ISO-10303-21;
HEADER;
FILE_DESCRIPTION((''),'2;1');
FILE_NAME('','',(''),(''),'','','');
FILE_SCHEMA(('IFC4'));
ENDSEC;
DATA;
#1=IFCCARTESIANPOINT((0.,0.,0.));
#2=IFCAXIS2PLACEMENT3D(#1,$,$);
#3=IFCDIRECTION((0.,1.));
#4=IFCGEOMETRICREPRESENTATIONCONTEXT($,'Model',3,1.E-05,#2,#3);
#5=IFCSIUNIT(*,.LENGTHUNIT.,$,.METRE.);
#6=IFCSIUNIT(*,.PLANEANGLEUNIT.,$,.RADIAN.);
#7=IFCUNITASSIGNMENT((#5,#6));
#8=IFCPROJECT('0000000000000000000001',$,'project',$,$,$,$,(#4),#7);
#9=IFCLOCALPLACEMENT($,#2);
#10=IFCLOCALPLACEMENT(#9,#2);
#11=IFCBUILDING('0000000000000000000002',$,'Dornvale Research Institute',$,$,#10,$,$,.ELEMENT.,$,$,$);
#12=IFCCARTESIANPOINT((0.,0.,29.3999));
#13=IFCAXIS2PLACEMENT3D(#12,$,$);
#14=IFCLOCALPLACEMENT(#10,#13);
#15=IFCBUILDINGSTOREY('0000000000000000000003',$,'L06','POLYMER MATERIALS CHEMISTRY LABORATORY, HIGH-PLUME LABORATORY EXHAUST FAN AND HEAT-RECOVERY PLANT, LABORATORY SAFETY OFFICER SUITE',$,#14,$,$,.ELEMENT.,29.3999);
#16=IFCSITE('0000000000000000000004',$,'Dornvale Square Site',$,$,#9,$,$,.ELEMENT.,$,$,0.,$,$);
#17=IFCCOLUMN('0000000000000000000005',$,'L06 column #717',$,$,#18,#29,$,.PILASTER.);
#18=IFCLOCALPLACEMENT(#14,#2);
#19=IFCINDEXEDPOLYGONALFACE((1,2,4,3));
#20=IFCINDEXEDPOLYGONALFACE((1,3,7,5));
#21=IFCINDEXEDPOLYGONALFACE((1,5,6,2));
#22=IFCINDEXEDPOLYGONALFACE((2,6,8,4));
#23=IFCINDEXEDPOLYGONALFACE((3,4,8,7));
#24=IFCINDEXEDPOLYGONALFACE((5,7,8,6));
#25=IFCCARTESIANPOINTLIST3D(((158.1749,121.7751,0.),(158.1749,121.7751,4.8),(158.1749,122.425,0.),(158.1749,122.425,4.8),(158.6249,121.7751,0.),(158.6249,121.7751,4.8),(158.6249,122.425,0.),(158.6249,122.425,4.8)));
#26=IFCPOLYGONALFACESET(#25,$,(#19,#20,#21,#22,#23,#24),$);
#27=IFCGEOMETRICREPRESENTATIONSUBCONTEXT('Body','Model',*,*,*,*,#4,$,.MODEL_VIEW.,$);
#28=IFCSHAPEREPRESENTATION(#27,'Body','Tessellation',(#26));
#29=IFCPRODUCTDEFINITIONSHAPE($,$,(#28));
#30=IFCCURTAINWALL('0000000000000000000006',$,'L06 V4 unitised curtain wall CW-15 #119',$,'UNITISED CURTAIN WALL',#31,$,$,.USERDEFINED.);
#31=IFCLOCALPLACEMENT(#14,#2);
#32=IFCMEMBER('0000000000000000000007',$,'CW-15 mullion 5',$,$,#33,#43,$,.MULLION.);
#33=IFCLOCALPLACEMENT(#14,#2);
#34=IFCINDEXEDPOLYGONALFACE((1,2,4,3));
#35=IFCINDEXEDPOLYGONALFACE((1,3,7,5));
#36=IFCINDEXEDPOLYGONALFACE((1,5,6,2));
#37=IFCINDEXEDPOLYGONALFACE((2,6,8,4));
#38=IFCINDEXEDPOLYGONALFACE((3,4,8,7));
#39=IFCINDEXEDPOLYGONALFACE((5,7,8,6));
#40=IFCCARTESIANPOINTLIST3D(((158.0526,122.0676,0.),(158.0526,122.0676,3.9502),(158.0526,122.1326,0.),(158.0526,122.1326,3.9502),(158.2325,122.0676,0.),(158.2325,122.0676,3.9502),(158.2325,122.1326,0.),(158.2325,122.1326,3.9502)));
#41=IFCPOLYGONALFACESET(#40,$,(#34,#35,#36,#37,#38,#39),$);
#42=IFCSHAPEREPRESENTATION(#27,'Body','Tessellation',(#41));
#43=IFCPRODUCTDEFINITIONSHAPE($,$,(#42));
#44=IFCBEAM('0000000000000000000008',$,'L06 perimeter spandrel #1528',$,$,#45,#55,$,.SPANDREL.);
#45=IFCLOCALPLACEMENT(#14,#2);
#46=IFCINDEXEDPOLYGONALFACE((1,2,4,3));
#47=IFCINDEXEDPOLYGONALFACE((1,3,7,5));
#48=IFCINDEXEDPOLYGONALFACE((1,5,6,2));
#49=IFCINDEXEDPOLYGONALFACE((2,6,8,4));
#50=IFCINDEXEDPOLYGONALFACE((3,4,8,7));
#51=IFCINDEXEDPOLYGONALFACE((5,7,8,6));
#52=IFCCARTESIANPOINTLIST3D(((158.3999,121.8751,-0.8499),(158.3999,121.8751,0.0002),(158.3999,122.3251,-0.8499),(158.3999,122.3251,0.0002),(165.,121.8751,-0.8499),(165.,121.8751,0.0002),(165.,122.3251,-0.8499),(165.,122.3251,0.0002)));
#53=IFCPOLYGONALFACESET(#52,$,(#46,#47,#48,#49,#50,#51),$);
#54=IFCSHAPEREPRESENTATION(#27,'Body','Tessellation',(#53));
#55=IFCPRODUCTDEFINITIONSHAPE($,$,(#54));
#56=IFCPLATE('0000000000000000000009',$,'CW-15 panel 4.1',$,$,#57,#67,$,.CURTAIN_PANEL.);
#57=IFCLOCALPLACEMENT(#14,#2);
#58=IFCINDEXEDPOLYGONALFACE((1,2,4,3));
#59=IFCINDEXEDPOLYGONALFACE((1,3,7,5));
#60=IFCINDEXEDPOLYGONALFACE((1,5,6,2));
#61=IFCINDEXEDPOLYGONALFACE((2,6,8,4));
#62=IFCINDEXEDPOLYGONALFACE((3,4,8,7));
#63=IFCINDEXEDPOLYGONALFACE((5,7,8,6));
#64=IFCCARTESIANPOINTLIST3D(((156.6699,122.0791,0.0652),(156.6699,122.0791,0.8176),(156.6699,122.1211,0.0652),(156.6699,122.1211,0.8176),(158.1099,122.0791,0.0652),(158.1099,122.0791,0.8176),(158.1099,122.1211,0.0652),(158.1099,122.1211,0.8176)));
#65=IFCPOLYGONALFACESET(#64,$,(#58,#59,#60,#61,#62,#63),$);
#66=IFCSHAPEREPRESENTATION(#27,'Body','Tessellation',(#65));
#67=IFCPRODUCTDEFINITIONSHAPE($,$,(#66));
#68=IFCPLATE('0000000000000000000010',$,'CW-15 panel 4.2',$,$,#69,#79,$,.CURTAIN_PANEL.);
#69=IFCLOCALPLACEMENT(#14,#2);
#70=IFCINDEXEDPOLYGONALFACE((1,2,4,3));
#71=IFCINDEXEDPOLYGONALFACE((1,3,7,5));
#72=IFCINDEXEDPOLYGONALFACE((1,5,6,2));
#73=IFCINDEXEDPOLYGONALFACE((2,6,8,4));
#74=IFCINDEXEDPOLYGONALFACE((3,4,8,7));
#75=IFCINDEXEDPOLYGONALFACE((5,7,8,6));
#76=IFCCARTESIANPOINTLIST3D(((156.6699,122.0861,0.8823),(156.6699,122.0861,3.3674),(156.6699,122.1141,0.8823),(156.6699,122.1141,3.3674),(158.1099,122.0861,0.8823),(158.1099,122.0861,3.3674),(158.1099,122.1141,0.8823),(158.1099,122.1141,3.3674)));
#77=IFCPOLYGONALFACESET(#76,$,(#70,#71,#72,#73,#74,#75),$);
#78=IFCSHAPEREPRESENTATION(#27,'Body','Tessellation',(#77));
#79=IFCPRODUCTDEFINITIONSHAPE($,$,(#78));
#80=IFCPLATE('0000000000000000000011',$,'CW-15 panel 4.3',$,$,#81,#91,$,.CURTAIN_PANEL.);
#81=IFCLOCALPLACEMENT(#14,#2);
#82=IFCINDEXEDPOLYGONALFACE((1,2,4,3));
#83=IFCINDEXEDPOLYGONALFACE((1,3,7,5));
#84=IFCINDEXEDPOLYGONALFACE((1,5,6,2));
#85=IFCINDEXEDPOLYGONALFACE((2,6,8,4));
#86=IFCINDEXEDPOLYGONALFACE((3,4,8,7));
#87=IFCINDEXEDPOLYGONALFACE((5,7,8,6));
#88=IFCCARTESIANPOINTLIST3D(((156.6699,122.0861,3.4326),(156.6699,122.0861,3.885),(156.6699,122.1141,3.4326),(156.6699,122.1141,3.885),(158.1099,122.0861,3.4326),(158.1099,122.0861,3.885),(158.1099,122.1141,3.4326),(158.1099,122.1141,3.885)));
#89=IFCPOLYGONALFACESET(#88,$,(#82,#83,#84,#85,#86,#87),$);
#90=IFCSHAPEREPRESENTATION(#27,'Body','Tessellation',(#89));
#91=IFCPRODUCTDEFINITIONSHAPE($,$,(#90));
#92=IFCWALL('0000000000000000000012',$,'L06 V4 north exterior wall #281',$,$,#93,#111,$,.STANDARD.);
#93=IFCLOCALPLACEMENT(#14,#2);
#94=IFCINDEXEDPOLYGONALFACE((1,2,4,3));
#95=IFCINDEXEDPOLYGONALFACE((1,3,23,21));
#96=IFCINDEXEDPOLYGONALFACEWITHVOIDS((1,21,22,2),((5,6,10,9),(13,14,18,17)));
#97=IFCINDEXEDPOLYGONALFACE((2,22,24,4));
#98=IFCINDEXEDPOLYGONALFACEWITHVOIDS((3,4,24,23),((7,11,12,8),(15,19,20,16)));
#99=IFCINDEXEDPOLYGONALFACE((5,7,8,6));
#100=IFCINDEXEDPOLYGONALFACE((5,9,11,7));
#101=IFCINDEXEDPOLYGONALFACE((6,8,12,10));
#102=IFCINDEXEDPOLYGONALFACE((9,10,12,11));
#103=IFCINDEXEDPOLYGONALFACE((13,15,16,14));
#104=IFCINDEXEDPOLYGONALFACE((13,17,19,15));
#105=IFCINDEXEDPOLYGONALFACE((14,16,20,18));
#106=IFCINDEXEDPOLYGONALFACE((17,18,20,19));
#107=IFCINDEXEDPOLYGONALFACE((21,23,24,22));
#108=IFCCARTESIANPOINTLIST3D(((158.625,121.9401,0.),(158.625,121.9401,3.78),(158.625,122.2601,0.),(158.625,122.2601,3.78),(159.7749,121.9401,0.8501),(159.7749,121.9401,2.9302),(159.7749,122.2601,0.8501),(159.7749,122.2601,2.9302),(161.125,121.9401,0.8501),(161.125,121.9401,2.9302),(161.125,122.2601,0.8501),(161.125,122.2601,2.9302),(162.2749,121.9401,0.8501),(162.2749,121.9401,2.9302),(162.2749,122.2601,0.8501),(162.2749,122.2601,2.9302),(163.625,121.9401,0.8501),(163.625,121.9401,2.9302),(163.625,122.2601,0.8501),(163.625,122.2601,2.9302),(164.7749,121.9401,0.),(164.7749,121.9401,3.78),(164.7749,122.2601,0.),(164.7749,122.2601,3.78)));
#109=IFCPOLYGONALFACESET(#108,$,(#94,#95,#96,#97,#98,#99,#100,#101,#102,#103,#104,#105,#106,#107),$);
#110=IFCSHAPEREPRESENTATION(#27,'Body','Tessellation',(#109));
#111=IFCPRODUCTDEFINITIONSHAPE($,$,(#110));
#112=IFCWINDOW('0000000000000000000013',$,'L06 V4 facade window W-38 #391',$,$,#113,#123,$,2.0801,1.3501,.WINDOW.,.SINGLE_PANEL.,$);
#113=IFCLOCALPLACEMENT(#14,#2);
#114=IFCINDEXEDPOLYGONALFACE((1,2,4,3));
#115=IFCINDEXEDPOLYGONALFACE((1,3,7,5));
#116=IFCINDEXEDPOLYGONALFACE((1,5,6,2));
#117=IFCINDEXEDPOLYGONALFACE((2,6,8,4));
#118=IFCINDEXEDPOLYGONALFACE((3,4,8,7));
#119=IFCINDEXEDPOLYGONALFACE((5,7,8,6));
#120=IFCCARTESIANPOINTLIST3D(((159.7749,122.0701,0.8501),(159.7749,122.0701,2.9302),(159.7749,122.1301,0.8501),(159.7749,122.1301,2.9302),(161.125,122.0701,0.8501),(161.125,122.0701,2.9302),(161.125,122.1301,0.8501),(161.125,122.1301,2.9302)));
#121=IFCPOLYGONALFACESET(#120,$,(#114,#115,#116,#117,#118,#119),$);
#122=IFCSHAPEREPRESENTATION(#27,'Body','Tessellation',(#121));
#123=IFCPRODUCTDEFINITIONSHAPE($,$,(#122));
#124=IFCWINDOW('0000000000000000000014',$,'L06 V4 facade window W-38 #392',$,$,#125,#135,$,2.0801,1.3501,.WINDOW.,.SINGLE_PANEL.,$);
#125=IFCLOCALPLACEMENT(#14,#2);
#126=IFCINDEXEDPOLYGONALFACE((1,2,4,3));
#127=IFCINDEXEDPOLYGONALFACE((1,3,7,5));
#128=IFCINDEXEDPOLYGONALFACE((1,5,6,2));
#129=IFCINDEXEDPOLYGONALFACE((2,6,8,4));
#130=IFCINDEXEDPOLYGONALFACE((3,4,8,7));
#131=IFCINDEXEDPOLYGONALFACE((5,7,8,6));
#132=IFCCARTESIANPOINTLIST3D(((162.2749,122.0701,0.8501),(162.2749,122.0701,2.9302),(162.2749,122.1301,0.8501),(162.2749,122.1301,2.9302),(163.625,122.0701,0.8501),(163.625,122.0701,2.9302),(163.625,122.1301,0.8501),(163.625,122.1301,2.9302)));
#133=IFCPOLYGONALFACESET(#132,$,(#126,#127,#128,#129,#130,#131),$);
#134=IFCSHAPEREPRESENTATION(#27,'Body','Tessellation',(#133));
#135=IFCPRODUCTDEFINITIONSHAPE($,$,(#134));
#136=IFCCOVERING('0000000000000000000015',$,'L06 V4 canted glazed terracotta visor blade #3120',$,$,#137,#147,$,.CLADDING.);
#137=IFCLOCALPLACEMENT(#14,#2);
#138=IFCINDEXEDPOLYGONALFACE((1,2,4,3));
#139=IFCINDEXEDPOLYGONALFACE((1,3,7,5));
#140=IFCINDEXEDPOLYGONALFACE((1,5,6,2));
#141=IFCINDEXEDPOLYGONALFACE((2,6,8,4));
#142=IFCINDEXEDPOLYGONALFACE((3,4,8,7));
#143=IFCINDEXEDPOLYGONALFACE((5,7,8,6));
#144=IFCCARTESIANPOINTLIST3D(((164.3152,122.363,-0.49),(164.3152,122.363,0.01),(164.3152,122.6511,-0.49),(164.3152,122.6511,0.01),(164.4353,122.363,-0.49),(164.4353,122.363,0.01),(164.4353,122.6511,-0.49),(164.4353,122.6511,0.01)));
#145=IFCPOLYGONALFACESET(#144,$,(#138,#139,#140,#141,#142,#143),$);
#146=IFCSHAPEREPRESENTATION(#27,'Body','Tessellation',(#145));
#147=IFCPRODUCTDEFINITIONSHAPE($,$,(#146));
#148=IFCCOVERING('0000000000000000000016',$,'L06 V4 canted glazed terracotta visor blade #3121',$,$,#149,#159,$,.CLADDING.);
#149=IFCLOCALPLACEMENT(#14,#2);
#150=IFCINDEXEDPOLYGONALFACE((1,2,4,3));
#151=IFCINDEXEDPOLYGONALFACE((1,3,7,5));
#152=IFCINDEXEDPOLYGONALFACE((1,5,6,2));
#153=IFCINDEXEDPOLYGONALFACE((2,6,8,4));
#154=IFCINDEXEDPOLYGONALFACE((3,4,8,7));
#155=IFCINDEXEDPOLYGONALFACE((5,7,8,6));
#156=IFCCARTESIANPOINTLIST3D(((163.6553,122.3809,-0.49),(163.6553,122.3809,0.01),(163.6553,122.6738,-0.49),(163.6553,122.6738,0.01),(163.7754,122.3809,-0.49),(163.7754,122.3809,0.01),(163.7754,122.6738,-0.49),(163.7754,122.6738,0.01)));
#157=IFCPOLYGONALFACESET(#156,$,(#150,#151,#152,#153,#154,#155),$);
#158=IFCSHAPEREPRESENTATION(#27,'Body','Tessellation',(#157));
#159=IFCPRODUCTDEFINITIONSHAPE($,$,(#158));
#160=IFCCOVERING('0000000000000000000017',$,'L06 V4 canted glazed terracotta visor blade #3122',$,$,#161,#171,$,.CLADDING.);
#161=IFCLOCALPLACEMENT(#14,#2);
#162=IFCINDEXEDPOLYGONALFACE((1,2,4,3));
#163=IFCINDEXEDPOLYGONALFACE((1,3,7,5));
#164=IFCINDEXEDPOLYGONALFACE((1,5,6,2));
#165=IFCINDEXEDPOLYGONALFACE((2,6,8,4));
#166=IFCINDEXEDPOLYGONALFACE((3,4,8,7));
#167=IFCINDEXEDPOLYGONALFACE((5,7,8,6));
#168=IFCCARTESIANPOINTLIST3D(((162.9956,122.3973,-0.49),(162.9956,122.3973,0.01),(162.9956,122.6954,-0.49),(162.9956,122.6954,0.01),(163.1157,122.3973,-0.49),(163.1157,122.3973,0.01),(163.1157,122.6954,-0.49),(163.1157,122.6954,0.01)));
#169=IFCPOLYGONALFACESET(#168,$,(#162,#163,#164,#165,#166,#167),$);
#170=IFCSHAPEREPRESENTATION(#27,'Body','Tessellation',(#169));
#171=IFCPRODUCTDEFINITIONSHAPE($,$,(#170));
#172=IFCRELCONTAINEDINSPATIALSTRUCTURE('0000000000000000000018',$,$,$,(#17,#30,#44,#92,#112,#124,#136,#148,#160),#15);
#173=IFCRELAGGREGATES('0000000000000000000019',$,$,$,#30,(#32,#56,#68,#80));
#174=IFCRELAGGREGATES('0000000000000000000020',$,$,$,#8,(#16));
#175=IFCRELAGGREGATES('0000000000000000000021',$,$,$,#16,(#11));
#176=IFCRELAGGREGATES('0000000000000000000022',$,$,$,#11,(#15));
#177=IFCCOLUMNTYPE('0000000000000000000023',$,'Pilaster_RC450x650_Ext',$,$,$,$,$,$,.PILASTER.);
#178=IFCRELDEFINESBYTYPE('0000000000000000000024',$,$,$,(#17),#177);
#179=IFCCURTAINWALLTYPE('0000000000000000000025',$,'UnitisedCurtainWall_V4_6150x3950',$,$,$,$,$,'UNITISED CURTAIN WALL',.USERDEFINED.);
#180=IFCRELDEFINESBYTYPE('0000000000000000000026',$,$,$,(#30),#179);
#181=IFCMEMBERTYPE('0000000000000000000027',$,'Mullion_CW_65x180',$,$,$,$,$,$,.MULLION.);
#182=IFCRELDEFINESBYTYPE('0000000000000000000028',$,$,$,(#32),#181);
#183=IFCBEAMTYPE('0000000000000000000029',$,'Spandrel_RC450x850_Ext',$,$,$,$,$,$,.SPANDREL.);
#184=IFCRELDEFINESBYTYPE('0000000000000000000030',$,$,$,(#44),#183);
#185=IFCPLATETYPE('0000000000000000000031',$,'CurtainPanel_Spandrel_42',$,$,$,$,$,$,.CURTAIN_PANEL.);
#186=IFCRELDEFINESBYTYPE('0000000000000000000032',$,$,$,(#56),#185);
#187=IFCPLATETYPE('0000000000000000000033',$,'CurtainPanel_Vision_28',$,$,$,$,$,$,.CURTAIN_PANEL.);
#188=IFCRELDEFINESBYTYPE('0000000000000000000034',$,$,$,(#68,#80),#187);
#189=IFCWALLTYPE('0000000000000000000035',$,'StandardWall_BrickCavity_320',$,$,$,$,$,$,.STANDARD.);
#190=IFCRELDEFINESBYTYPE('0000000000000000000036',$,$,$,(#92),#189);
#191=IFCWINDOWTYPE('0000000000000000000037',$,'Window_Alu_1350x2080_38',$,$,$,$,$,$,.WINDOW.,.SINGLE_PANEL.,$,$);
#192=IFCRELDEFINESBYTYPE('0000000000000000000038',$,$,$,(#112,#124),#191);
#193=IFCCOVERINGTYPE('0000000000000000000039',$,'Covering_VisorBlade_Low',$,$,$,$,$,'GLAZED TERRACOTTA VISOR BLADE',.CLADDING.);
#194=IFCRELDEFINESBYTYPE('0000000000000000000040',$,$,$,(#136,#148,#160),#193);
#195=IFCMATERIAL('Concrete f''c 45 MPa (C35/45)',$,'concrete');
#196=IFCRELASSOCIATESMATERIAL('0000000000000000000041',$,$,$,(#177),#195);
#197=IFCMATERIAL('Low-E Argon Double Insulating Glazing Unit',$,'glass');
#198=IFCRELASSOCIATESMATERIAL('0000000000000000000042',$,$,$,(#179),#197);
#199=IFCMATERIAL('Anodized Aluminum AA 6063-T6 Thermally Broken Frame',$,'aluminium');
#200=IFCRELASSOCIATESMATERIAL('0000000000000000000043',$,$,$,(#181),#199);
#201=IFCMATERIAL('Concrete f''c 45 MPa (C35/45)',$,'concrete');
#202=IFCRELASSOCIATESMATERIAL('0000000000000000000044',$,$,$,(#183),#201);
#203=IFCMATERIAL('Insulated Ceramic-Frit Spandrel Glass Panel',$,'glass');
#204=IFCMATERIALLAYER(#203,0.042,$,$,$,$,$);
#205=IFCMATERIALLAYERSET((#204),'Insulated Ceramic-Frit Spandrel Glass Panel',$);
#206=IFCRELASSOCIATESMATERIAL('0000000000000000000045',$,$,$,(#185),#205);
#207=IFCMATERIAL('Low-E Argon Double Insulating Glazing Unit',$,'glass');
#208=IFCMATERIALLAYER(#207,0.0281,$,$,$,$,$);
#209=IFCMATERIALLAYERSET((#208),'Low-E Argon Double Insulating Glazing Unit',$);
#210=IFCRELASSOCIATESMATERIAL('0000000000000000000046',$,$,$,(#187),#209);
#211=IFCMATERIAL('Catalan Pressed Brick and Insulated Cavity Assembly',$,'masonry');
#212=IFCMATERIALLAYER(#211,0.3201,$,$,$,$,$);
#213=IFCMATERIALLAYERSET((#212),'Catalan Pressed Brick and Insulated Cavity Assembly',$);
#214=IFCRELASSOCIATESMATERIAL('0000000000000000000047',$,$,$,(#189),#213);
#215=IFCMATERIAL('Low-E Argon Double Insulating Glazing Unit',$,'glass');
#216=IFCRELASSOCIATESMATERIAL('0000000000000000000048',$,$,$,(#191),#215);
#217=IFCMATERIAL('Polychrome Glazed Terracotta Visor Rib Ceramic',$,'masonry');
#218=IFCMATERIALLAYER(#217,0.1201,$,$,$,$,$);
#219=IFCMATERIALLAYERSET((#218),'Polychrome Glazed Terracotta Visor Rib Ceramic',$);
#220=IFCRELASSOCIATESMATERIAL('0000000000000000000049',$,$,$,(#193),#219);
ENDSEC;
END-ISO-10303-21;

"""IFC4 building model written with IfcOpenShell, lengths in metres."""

from ifc_helpers import new_model, si_unit, direction, frame, frame_2d, origin, origin_2d, place, context, subcontext, project, spatial, rectangle, extrude, material, layer, layer_set, material_profile, profile_set, type_object, element, fill, aggregate, save


model = new_model("IFC4")

# Units and contexts
model_context = context("Model", 3, precision=1e-05, world=origin(), true_north=direction((0.0, 1.0)))
body_context = subcontext(model_context, "Body", "Model", "MODEL_VIEW")
ifc_project = project(units=[si_unit("LENGTHUNIT", "METRE"), si_unit("PLANEANGLEUNIT", "RADIAN")], contexts=[model_context])

# Site, building, storey
site_placement = place(None, origin())
site = spatial("IfcSite", under=ifc_project, at=site_placement, Name="Dornvale Square Site", CompositionType="ELEMENT", RefElevation=0.0)
building_placement = place(site_placement, origin())
building = spatial("IfcBuilding", under=site, at=building_placement, Name="Dornvale Research Institute", CompositionType="ELEMENT")
storey_placement = place(building_placement, frame((0.0, 0.0, 29.3999)))
storey = spatial("IfcBuildingStorey", under=building, at=storey_placement, Name="L06", Description="POLYMER MATERIALS CHEMISTRY LABORATORY, HIGH-PLUME LABORATORY EXHAUST FAN AND HEAT-RECOVERY PLANT, LABORATORY SAFETY OFFICER SUITE", CompositionType="ELEMENT", Elevation=29.3999)

# Column
ifc_material_1 = material(Name="Concrete f'c 45 MPa (C35/45)", Category="concrete")
ifc_material_profile_1 = material_profile(ifc_material_1, rectangle(XDim=0.45, YDim=0.6499, at=origin_2d()), Name="RC 450x650")
ifc_profile_set_1 = profile_set([ifc_material_profile_1], Name="Concrete f'c 45 MPa (C35/45)")
column_type = type_object("IfcColumnType", Name="Pilaster_RC450x650_Ext", PredefinedType="PILASTER", material=ifc_profile_set_1)
column_placement = place(storey_placement, frame((158.3999, 122.1001, 0.0), z_axis=(0.0, 0.0, 1.0), x_axis=(1.0, 0.0, 0.0)))
element("IfcColumn", 1, at=column_placement, inside=storey, type_object=column_type, Name="L06 column #717", PredefinedType="PILASTER", context=body_context, shape_type="SweptSolid", body=[
    extrude(rectangle(XDim=0.45, YDim=0.6499, at=origin_2d()), origin(), (0.0, 0.0, 1.0), 4.8),
])

# Curtain wall, member
ifc_material_2 = material(Name="Low-E Argon Double Insulating Glazing Unit", Category="glass")
curtain_wall_type = type_object("IfcCurtainWallType", Name="UnitisedCurtainWall_V4_6150x3950", ElementType="UNITISED CURTAIN WALL", PredefinedType="USERDEFINED", material=ifc_material_2)
curtain_wall_placement = place(storey_placement, origin())
curtain_wall = element("IfcCurtainWall", 2, at=curtain_wall_placement, inside=storey, type_object=curtain_wall_type, Name="L06 V4 unitised curtain wall CW-15 #119", ObjectType="UNITISED CURTAIN WALL", PredefinedType="USERDEFINED")
ifc_material_3 = material(Name="Anodized Aluminum AA 6063-T6 Thermally Broken Frame", Category="aluminium")
ifc_material_profile_2 = material_profile(ifc_material_3, rectangle(XDim=0.0649, YDim=0.1799, at=origin_2d()), Name="ALU MULLION 65x180")
ifc_profile_set_2 = profile_set([ifc_material_profile_2], Name="Anodized Aluminum AA 6063-T6 Thermally Broken Frame")
member_type = type_object("IfcMemberType", Name="Mullion_CW_65x180", PredefinedType="MULLION", material=ifc_profile_set_2)
member_placement = place(storey_placement, frame((158.1426, 122.1001, 0.0), z_axis=(0.0, 0.0, 1.0), x_axis=(0.0, 1.0, 0.0)))
member = element("IfcMember", 3, at=member_placement, type_object=member_type, Name="CW-15 mullion 5", PredefinedType="MULLION", context=body_context, shape_type="SweptSolid", body=[
    extrude(rectangle(XDim=0.0649, YDim=0.1799, at=origin_2d()), origin(), (0.0, 0.0, 1.0), 3.9502),
])

# Beam
ifc_material_4 = material(Name="Concrete f'c 45 MPa (C35/45)", Category="concrete")
ifc_material_profile_3 = material_profile(ifc_material_4, rectangle(XDim=0.45, YDim=0.8501, at=origin_2d()), Name="RC 450x850")
ifc_profile_set_3 = profile_set([ifc_material_profile_3], Name="Concrete f'c 45 MPa (C35/45)")
beam_type = type_object("IfcBeamType", Name="Spandrel_RC450x850_Ext", PredefinedType="SPANDREL", material=ifc_profile_set_3)
beam_placement = place(storey_placement, frame((158.3999, 122.1001, -0.4248), z_axis=(1.0, 0.0, 0.0), x_axis=(0.0, 1.0, 0.0)))
element("IfcBeam", 4, at=beam_placement, inside=storey, type_object=beam_type, Name="L06 perimeter spandrel #1528", PredefinedType="SPANDREL", context=body_context, shape_type="SweptSolid", body=[
    extrude(rectangle(XDim=0.45, YDim=0.8501, at=origin_2d()), origin(), (0.0, 0.0, 1.0), 6.6001),
])

# Plates
ifc_material_5 = material(Name="Insulated Ceramic-Frit Spandrel Glass Panel", Category="glass")
ifc_layer_1 = layer(ifc_material_5, 0.042)
ifc_layer_set_1 = layer_set([ifc_layer_1], Name="Insulated Ceramic-Frit Spandrel Glass Panel")
plate_type_1 = type_object("IfcPlateType", Name="CurtainPanel_Spandrel_42", PredefinedType="CURTAIN_PANEL", material=ifc_layer_set_1)
plate_1_placement = place(storey_placement, frame((157.3899, 122.1001, 0.0652), z_axis=(0.0, 0.0, 1.0), x_axis=(1.0, 0.0, 0.0)))
plate_1 = element("IfcPlate", 5, at=plate_1_placement, type_object=plate_type_1, Name="CW-15 panel 4.1", PredefinedType="CURTAIN_PANEL", context=body_context, shape_type="SweptSolid", body=[
    extrude(rectangle(XDim=1.4399, YDim=0.042, at=origin_2d()), origin(), (0.0, 0.0, 1.0), 0.7524),
])
ifc_material_6 = material(Name="Low-E Argon Double Insulating Glazing Unit", Category="glass")
ifc_layer_2 = layer(ifc_material_6, 0.0281)
ifc_layer_set_2 = layer_set([ifc_layer_2], Name="Low-E Argon Double Insulating Glazing Unit")
plate_type_2 = type_object("IfcPlateType", Name="CurtainPanel_Vision_28", PredefinedType="CURTAIN_PANEL", material=ifc_layer_set_2)
plate_2_placement = place(storey_placement, frame((157.3899, 122.1001, 0.8823), z_axis=(0.0, 0.0, 1.0), x_axis=(1.0, 0.0, 0.0)))
plate_2 = element("IfcPlate", 6, at=plate_2_placement, type_object=plate_type_2, Name="CW-15 panel 4.2", PredefinedType="CURTAIN_PANEL", context=body_context, shape_type="SweptSolid", body=[
    extrude(rectangle(XDim=1.4399, YDim=0.0281, at=origin_2d()), origin(), (0.0, 0.0, 1.0), 2.4851),
])
plate_3_placement = place(storey_placement, frame((157.3899, 122.1001, 3.4326), z_axis=(0.0, 0.0, 1.0), x_axis=(1.0, 0.0, 0.0)))
plate_3 = element("IfcPlate", 7, at=plate_3_placement, type_object=plate_type_2, Name="CW-15 panel 4.3", PredefinedType="CURTAIN_PANEL", context=body_context, shape_type="SweptSolid", body=[
    extrude(rectangle(XDim=1.4399, YDim=0.0281, at=origin_2d()), origin(), (0.0, 0.0, 1.0), 0.4524),
])
aggregate(curtain_wall, [member, plate_1, plate_2, plate_3])

# Wall, openings, windows
ifc_material_7 = material(Name="Catalan Pressed Brick and Insulated Cavity Assembly", Category="masonry")
ifc_layer_3 = layer(ifc_material_7, 0.3201)
ifc_layer_set_3 = layer_set([ifc_layer_3], Name="Catalan Pressed Brick and Insulated Cavity Assembly")
wall_type = type_object("IfcWallType", Name="StandardWall_BrickCavity_320", PredefinedType="STANDARD", material=ifc_layer_set_3)
wall_placement = place(storey_placement, frame((158.625, 122.1001, 0.0), z_axis=(0.0, 0.0, 1.0), x_axis=(1.0, 0.0, 0.0)))
wall = element("IfcWall", 8, at=wall_placement, inside=storey, type_object=wall_type, Name="L06 V4 north exterior wall #281", PredefinedType="STANDARD", context=body_context, shape_type="SweptSolid", body=[
    extrude(rectangle(XDim=6.1499, YDim=0.3201, at=frame_2d((3.075, 0.0))), origin(), (0.0, 0.0, 1.0), 3.78),
])
opening_1_placement = place(wall_placement, frame((1.1499, 0.0, 0.8501)))
opening_1 = element("IfcOpeningElement", 9, at=opening_1_placement, cuts=wall, PredefinedType="OPENING", context=body_context, shape_type="SweptSolid", body=[
    extrude(rectangle(XDim=1.3501, YDim=2.0801, at=frame_2d((0.675, 1.04))), frame((0.0, 0.175, 0.0), z_axis=(0.0, -1.0, 0.0), x_axis=(1.0, 0.0, 0.0)), (0.0, 0.0, 1.0), 0.3501),
])
opening_2_placement = place(wall_placement, frame((3.6499, 0.0, 0.8501)))
opening_2 = element("IfcOpeningElement", 10, at=opening_2_placement, cuts=wall, PredefinedType="OPENING", context=body_context, shape_type="SweptSolid", body=[
    extrude(rectangle(XDim=1.3501, YDim=2.0801, at=frame_2d((0.675, 1.04))), frame((0.0, 0.175, 0.0), z_axis=(0.0, -1.0, 0.0), x_axis=(1.0, 0.0, 0.0)), (0.0, 0.0, 1.0), 0.3501),
])
ifc_material_8 = material(Name="Low-E Argon Double Insulating Glazing Unit", Category="glass")
window_type = type_object("IfcWindowType", Name="Window_Alu_1350x2080_38", PartitioningType="SINGLE_PANEL", PredefinedType="WINDOW", material=ifc_material_8)
window_1_placement = place(opening_1_placement, origin())
window_1 = element("IfcWindow", 11, at=window_1_placement, inside=storey, type_object=window_type, Name="L06 V4 facade window W-38 #391", OverallHeight=2.0801, OverallWidth=1.3501, PartitioningType="SINGLE_PANEL", PredefinedType="WINDOW", context=body_context, shape_type="SweptSolid", body=[
    extrude(rectangle(XDim=1.3501, YDim=2.0801, at=frame_2d((0.675, 1.04))), frame((0.0, 0.03, 0.0), z_axis=(0.0, -1.0, 0.0), x_axis=(1.0, 0.0, 0.0)), (0.0, 0.0, 1.0), 0.0601),
])
fill(opening_1, window_1)
window_2_placement = place(opening_2_placement, origin())
window_2 = element("IfcWindow", 12, at=window_2_placement, inside=storey, type_object=window_type, Name="L06 V4 facade window W-38 #392", OverallHeight=2.0801, OverallWidth=1.3501, PartitioningType="SINGLE_PANEL", PredefinedType="WINDOW", context=body_context, shape_type="SweptSolid", body=[
    extrude(rectangle(XDim=1.3501, YDim=2.0801, at=frame_2d((0.675, 1.04))), frame((0.0, 0.03, 0.0), z_axis=(0.0, -1.0, 0.0), x_axis=(1.0, 0.0, 0.0)), (0.0, 0.0, 1.0), 0.0601),
])
fill(opening_2, window_2)

# Coverings
ifc_material_9 = material(Name="Polychrome Glazed Terracotta Visor Rib Ceramic", Category="masonry")
ifc_layer_4 = layer(ifc_material_9, 0.1201)
ifc_layer_set_4 = layer_set([ifc_layer_4], Name="Polychrome Glazed Terracotta Visor Rib Ceramic")
covering_type = type_object("IfcCoveringType", Name="Covering_VisorBlade_Low", ElementType="GLAZED TERRACOTTA VISOR BLADE", PredefinedType="CLADDING", material=ifc_layer_set_4)
covering_1_placement = place(storey_placement, frame((164.3752, 122.5071, -0.49), z_axis=(0.0, 0.0, 1.0), x_axis=(0.0, 1.0, 0.0)))
element("IfcCovering", 13, at=covering_1_placement, inside=storey, type_object=covering_type, Name="L06 V4 canted glazed terracotta visor blade #3120", PredefinedType="CLADDING", context=body_context, shape_type="SweptSolid", body=[
    extrude(rectangle(XDim=0.2881, YDim=0.1201, at=origin_2d()), origin(), (0.0, 0.0, 1.0), 0.5),
])
covering_2_placement = place(storey_placement, frame((163.7153, 122.5273, -0.49), z_axis=(0.0, 0.0, 1.0), x_axis=(0.0, 1.0, 0.0)))
element("IfcCovering", 14, at=covering_2_placement, inside=storey, type_object=covering_type, Name="L06 V4 canted glazed terracotta visor blade #3121", PredefinedType="CLADDING", context=body_context, shape_type="SweptSolid", body=[
    extrude(rectangle(XDim=0.293, YDim=0.1201, at=origin_2d()), origin(), (0.0, 0.0, 1.0), 0.5),
])
covering_3_placement = place(storey_placement, frame((163.0557, 122.5464, -0.49), z_axis=(0.0, 0.0, 1.0), x_axis=(0.0, 1.0, 0.0)))
element("IfcCovering", 15, at=covering_3_placement, inside=storey, type_object=covering_type, Name="L06 V4 canted glazed terracotta visor blade #3122", PredefinedType="CLADDING", context=body_context, shape_type="SweptSolid", body=[
    extrude(rectangle(XDim=0.2981, YDim=0.1201, at=origin_2d()), origin(), (0.0, 0.0, 1.0), 0.5),
])

save(model, "model.ifc")
